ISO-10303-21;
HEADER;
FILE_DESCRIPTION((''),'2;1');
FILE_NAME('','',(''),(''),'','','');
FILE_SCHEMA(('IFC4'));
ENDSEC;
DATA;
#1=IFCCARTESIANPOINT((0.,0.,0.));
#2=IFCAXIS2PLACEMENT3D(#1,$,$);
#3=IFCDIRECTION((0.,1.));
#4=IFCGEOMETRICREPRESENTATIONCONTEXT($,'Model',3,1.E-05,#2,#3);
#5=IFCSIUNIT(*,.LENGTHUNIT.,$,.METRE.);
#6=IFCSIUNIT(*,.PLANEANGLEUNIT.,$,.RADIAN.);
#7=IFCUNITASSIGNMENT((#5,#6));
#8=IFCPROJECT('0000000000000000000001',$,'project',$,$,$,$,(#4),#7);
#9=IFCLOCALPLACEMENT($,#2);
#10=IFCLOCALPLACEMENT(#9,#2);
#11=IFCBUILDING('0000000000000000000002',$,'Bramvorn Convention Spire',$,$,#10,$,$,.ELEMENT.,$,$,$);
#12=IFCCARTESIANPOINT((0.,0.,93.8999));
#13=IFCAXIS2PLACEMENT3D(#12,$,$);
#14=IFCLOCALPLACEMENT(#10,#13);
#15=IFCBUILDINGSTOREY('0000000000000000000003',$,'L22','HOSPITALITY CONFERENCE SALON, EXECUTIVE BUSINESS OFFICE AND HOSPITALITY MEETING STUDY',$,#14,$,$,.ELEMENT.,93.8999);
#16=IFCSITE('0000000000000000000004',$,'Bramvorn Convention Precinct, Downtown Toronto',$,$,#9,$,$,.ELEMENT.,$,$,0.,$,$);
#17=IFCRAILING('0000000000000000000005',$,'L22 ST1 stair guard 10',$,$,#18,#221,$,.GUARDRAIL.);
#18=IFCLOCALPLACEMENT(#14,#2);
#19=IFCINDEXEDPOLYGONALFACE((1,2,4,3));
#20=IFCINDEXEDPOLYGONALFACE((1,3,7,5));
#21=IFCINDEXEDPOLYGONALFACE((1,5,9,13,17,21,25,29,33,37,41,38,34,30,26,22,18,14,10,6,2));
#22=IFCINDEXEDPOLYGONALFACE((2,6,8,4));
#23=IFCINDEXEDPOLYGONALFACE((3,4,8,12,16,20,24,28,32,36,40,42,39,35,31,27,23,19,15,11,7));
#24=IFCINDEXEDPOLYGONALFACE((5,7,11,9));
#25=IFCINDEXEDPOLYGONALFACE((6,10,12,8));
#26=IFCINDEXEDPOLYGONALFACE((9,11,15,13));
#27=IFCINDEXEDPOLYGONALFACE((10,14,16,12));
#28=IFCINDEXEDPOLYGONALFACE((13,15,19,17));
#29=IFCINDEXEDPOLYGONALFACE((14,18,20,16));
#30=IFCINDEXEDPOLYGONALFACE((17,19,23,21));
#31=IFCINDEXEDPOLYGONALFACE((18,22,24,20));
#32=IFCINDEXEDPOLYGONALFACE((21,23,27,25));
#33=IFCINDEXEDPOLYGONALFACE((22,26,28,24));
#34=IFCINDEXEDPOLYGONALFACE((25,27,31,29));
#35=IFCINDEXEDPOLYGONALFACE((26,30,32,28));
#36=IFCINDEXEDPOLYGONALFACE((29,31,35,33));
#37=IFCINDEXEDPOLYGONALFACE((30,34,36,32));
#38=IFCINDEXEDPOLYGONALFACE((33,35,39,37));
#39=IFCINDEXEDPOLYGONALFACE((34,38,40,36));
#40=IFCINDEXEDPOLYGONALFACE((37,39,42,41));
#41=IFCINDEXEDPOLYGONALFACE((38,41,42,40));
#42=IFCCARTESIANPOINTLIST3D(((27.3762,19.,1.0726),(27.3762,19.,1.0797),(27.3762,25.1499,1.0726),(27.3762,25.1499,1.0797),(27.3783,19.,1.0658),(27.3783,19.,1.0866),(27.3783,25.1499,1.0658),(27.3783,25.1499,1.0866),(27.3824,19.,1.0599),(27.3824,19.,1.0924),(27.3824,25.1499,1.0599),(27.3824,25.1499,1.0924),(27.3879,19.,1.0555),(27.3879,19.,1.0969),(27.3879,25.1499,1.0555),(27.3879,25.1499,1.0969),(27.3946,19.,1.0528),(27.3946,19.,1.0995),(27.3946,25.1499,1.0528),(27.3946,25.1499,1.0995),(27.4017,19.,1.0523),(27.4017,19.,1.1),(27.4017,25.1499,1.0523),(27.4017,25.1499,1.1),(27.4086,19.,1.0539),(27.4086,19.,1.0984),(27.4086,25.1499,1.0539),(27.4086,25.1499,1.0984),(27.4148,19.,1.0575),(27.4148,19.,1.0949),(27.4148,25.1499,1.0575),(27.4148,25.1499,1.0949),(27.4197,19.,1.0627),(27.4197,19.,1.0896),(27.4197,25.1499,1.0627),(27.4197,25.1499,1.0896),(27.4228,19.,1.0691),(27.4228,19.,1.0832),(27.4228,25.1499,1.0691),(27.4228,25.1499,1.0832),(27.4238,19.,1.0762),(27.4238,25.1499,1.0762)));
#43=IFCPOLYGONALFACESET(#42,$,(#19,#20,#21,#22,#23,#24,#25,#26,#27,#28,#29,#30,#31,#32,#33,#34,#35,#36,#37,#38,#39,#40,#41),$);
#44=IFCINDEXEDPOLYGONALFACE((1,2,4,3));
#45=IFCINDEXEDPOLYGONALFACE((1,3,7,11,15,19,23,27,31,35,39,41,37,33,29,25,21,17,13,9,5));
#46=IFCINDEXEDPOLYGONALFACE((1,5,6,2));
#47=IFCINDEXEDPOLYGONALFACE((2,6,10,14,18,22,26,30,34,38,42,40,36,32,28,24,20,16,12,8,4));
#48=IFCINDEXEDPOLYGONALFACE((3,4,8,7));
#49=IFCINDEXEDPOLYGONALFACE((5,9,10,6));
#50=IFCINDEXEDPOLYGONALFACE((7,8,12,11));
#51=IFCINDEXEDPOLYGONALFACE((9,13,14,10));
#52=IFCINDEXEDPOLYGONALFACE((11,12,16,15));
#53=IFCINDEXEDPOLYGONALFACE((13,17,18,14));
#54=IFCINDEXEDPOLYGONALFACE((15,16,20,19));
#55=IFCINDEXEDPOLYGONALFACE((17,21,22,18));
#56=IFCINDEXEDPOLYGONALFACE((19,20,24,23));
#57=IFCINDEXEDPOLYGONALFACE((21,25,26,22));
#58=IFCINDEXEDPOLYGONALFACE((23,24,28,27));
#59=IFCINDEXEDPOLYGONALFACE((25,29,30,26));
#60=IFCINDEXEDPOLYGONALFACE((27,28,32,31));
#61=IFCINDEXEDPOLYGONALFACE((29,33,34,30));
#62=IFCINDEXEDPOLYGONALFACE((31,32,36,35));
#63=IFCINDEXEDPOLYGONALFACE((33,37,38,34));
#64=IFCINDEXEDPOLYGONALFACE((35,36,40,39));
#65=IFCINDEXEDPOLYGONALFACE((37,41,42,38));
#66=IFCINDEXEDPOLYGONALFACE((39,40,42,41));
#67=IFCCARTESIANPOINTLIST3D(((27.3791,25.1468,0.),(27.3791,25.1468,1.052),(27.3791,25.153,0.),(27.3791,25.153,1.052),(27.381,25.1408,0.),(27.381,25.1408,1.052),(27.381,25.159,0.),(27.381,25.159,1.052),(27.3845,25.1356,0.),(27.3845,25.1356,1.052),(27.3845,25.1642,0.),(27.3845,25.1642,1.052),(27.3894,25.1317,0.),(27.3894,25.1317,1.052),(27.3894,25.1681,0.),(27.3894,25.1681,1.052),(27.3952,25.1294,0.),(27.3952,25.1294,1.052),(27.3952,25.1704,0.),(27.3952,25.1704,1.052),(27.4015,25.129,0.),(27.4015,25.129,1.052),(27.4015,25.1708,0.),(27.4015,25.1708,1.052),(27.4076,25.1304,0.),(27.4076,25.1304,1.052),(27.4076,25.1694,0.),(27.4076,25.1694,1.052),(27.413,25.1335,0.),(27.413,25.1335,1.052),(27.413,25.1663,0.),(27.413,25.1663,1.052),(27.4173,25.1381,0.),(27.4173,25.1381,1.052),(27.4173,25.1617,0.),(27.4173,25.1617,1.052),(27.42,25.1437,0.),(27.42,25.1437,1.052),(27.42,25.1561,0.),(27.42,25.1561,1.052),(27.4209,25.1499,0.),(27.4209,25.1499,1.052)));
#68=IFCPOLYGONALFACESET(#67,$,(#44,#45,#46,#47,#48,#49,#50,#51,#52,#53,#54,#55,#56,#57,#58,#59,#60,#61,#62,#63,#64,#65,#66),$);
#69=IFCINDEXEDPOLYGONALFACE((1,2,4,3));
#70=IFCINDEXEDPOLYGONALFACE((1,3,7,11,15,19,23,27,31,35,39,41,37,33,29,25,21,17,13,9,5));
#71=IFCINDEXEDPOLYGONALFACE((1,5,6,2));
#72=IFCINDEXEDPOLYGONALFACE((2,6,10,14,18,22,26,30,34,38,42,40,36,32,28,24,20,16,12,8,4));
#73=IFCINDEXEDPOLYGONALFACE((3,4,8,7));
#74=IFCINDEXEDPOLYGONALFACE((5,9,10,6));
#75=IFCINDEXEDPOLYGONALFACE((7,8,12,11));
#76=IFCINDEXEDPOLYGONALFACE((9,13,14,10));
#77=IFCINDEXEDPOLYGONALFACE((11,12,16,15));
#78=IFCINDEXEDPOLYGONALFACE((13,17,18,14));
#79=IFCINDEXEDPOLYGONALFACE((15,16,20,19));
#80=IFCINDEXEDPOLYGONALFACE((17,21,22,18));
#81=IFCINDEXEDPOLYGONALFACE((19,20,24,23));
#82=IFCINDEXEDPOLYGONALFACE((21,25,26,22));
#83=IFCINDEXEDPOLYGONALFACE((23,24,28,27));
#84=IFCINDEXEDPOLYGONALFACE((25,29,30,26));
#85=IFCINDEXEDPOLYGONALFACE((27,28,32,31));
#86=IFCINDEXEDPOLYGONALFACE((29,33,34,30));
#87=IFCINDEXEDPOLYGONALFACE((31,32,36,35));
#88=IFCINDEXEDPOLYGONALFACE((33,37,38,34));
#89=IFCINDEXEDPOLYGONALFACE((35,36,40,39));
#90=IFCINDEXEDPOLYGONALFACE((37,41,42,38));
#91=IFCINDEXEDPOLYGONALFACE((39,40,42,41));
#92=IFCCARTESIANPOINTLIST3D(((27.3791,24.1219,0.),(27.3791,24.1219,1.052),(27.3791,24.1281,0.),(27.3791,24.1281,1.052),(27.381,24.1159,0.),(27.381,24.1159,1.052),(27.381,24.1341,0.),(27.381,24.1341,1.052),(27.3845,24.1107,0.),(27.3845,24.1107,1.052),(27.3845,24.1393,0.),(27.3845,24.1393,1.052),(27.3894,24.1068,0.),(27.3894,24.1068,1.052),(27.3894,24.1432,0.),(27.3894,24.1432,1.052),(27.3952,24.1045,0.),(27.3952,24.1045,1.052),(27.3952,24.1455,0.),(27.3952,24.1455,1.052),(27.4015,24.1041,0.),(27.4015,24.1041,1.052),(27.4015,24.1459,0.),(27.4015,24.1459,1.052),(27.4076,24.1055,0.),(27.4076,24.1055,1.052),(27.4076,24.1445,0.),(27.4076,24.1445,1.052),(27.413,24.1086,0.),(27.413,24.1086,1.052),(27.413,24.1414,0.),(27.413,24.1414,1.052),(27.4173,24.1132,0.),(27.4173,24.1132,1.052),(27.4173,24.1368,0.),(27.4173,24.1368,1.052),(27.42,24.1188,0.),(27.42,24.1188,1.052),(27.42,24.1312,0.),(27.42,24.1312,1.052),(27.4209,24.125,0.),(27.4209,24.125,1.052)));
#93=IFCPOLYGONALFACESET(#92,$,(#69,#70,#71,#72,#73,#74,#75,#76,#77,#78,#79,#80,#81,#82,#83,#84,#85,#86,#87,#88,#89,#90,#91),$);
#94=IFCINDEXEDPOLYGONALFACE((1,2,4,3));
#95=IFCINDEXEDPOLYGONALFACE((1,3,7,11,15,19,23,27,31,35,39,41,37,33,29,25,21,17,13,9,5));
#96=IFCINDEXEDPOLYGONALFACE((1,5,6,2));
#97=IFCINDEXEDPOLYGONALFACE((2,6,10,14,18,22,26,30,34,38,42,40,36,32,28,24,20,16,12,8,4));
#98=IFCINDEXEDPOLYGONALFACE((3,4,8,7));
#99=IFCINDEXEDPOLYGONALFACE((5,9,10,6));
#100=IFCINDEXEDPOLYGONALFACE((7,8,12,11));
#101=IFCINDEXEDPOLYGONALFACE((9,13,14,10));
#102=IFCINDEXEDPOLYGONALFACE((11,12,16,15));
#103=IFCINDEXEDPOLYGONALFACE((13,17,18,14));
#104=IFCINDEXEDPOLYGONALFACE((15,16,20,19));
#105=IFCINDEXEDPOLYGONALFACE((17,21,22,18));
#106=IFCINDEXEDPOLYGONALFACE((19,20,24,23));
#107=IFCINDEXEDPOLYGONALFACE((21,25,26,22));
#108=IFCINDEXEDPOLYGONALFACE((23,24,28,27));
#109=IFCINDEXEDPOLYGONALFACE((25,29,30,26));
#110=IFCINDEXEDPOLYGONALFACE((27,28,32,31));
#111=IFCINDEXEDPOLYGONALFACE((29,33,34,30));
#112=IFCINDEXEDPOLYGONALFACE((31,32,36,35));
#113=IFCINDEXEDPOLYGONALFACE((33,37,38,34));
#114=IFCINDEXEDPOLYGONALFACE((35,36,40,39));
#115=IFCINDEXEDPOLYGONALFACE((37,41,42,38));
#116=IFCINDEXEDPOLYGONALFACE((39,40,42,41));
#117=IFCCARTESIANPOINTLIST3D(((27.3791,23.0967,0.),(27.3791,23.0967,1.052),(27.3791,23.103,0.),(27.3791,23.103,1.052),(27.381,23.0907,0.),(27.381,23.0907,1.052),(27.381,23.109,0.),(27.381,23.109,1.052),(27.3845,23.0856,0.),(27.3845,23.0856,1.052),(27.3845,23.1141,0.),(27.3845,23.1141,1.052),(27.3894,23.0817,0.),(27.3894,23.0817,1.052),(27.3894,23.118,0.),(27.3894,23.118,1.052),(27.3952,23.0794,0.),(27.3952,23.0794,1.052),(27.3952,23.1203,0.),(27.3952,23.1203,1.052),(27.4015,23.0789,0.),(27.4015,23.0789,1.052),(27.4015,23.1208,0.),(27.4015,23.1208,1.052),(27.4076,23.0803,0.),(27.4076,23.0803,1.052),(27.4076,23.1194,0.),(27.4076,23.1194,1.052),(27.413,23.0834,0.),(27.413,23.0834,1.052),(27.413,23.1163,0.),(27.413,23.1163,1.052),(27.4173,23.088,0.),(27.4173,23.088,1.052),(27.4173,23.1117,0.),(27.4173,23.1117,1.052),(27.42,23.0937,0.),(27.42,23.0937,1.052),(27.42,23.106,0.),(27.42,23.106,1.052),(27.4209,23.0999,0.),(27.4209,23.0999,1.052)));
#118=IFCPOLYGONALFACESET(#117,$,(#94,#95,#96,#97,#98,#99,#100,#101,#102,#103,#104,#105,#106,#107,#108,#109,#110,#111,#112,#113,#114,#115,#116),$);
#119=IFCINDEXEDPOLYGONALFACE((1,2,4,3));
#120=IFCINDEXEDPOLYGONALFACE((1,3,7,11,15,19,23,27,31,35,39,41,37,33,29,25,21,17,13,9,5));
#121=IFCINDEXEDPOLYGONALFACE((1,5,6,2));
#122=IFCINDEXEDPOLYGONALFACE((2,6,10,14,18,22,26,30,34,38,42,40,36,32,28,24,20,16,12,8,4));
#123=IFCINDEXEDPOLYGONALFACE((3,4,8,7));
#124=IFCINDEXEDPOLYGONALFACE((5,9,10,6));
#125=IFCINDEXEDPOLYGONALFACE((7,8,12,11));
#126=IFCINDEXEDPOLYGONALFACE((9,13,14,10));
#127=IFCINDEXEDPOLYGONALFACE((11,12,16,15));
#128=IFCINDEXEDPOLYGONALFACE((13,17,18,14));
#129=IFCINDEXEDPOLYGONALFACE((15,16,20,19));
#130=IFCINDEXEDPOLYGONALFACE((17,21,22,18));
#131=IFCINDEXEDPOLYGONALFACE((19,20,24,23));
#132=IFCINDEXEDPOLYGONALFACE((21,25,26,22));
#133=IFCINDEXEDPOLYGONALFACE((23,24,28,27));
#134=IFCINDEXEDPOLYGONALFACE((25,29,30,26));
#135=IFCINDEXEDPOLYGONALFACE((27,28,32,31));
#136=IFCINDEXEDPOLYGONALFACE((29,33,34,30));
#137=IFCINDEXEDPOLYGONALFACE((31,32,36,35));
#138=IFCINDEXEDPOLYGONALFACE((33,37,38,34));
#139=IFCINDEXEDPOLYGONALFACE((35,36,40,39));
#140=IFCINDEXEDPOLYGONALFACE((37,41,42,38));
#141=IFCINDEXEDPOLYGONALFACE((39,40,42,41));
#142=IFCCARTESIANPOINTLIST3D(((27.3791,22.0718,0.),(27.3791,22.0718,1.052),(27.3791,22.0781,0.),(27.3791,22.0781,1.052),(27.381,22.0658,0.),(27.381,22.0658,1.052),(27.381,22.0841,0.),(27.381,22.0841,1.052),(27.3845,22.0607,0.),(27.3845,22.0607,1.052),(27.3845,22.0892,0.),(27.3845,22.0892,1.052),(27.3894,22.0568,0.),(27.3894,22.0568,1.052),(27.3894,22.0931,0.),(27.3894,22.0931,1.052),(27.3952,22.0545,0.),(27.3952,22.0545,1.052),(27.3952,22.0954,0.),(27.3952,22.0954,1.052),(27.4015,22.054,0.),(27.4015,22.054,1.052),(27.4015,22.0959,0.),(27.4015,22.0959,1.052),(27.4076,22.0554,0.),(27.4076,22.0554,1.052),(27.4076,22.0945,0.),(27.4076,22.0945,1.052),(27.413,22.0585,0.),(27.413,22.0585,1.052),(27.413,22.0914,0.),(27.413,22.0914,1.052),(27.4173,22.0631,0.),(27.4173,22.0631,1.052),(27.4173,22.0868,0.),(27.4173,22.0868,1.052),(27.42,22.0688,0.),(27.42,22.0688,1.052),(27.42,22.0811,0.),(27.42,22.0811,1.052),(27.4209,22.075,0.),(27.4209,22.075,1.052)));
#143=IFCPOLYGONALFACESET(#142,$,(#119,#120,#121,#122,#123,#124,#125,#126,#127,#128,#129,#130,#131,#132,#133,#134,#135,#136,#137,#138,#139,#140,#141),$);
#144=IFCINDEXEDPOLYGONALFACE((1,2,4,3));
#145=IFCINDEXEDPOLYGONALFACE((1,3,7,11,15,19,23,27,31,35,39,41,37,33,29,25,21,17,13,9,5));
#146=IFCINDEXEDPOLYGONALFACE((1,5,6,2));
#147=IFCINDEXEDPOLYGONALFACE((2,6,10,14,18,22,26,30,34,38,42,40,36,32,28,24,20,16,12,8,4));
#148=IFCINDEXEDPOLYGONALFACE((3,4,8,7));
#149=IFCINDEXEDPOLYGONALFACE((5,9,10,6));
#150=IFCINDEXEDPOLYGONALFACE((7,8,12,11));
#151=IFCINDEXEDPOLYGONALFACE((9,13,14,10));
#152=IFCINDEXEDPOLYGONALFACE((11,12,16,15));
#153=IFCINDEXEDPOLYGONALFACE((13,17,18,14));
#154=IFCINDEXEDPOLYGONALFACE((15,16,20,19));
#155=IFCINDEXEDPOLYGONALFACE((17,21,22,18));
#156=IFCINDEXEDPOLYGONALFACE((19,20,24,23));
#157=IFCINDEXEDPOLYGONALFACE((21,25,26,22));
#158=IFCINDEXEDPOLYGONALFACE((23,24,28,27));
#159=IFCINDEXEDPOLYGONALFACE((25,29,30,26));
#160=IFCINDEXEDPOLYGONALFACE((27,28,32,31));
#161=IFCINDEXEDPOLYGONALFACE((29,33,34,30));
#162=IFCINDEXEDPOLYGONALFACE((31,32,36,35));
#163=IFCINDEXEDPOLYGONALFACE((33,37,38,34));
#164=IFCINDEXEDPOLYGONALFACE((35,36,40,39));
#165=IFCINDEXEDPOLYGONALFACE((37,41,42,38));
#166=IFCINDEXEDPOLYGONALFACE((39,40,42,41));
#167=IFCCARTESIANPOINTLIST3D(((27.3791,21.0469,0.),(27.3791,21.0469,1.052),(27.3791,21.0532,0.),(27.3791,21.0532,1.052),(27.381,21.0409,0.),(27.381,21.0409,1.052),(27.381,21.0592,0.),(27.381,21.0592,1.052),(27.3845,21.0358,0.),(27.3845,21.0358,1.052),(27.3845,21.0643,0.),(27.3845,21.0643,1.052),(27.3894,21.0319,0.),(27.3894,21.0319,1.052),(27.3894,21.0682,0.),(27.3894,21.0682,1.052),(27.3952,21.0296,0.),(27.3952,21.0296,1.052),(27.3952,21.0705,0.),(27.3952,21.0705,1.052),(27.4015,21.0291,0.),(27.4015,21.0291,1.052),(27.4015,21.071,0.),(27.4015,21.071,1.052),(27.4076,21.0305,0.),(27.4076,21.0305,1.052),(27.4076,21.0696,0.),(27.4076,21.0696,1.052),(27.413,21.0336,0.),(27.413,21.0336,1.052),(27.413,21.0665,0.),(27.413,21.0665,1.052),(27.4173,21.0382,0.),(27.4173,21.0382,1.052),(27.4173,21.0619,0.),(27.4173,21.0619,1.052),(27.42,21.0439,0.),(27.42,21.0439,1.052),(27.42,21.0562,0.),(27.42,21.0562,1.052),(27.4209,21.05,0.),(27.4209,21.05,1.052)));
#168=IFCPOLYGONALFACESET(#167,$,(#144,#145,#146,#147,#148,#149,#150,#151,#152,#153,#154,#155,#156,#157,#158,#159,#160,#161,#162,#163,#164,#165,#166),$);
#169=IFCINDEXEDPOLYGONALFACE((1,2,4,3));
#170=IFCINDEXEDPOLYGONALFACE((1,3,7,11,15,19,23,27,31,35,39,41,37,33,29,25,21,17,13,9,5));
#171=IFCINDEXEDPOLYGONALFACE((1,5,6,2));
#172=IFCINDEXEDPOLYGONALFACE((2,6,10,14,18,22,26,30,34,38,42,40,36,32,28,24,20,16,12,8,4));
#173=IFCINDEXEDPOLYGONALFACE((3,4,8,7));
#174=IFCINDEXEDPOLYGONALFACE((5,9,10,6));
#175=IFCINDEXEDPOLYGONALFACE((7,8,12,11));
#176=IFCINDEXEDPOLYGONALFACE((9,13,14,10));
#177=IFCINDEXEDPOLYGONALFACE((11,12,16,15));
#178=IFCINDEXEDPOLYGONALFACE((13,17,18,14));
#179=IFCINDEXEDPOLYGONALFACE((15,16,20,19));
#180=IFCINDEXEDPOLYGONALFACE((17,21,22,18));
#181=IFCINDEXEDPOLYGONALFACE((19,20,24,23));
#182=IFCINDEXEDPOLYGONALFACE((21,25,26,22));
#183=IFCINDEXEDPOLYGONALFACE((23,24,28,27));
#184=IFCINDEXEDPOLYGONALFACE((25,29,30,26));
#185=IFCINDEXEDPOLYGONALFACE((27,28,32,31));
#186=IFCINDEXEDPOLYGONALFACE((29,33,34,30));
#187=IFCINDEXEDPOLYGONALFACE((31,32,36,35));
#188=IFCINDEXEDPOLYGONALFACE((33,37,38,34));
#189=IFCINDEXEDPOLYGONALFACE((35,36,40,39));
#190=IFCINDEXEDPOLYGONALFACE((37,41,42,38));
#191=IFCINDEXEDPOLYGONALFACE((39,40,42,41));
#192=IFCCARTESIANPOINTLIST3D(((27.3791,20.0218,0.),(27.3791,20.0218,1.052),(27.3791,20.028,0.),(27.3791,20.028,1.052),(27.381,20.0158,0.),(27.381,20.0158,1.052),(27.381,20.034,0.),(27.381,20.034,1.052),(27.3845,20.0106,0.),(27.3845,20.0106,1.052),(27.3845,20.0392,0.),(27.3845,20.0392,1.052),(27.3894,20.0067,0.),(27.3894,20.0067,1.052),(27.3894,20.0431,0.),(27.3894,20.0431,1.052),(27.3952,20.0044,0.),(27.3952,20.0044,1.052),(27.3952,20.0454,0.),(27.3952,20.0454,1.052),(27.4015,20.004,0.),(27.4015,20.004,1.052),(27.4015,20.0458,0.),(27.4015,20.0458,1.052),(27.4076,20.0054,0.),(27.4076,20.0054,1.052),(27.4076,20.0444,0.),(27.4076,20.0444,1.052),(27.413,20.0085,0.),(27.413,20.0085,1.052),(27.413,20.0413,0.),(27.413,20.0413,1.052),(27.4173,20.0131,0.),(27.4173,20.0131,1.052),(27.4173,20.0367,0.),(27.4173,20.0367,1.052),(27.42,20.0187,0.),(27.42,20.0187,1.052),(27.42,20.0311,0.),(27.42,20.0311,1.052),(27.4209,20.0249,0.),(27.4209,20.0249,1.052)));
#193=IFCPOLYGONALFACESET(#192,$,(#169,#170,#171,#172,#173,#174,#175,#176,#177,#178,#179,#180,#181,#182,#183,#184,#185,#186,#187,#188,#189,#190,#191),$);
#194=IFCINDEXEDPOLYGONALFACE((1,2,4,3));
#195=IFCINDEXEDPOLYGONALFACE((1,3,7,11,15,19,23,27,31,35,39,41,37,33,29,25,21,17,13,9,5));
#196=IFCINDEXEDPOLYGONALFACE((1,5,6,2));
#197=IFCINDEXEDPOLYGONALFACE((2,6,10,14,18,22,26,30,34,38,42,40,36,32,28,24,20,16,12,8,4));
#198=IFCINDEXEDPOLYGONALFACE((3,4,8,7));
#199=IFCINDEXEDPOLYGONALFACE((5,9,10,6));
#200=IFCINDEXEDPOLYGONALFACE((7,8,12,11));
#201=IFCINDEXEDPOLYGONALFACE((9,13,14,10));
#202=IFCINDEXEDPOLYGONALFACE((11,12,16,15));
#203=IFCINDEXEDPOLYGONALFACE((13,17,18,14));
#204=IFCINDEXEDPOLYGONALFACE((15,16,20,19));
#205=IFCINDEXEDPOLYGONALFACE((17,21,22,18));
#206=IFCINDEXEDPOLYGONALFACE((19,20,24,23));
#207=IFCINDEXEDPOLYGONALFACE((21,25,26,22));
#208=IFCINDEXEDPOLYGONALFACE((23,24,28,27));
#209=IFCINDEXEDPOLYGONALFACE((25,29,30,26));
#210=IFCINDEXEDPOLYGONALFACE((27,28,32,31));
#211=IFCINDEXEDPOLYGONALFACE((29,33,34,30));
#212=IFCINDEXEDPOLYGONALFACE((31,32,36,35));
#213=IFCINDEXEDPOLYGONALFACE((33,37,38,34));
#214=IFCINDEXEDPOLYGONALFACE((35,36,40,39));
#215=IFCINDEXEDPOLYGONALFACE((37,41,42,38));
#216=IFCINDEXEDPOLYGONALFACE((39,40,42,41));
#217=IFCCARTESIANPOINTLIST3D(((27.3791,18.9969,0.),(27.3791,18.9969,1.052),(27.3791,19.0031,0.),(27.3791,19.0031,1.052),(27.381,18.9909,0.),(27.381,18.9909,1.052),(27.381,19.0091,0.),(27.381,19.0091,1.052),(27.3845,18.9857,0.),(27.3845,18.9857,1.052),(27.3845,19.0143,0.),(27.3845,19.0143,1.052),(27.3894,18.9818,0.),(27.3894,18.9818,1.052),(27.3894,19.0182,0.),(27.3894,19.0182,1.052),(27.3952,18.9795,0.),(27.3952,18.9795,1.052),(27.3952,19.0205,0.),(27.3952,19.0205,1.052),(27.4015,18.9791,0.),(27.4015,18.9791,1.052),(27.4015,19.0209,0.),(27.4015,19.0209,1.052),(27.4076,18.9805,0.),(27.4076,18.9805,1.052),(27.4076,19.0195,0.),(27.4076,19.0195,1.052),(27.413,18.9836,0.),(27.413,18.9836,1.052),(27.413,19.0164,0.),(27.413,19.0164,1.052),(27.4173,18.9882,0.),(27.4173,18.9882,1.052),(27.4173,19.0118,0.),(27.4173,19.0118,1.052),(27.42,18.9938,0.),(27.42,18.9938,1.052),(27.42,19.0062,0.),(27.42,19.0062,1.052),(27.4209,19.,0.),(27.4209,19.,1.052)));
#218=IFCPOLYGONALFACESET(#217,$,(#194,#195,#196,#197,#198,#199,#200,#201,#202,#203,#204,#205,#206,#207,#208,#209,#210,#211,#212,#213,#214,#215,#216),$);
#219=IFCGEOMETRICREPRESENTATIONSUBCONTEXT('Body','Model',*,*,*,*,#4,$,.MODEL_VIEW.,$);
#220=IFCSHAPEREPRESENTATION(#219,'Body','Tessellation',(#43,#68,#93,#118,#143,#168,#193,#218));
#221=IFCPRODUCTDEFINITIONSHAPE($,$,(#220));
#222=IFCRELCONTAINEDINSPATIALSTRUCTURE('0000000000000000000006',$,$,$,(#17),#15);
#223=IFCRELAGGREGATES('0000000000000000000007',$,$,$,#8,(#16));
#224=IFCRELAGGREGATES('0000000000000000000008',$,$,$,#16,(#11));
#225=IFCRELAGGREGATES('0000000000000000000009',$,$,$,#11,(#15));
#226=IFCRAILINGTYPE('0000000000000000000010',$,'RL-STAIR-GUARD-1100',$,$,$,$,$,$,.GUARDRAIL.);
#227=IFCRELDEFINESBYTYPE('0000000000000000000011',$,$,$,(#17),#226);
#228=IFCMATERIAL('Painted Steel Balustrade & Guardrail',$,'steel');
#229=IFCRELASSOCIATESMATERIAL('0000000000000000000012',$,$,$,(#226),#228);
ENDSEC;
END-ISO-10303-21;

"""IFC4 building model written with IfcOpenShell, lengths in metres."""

from ifc_helpers import new_model, si_unit, direction, frame, origin, origin_2d, place, context, subcontext, project, spatial, circle, extrude, material, type_object, element, save


model = new_model("IFC4")

# Units and contexts
model_context = context("Model", 3, precision=1e-05, world=origin(), true_north=direction((0.0, 1.0)))
body_context = subcontext(model_context, "Body", "Model", "MODEL_VIEW")
ifc_project = project(units=[si_unit("LENGTHUNIT", "METRE"), si_unit("PLANEANGLEUNIT", "RADIAN")], contexts=[model_context])

# Site, building, storey
site_placement = place(None, origin())
site = spatial("IfcSite", under=ifc_project, at=site_placement, Name="Bramvorn Convention Precinct, Downtown Toronto", CompositionType="ELEMENT", RefElevation=0.0)
building_placement = place(site_placement, origin())
building = spatial("IfcBuilding", under=site, at=building_placement, Name="Bramvorn Convention Spire", CompositionType="ELEMENT")
storey_placement = place(building_placement, frame((0.0, 0.0, 93.8999)))
storey = spatial("IfcBuildingStorey", under=building, at=storey_placement, Name="L22", Description="HOSPITALITY CONFERENCE SALON, EXECUTIVE BUSINESS OFFICE AND HOSPITALITY MEETING STUDY", CompositionType="ELEMENT", Elevation=93.8999)

# Railing
ifc_material_1 = material(Name="Painted Steel Balustrade & Guardrail", Category="steel")
railing_type_1 = type_object("IfcRailingType", Name="RL-STAIR-GUARD-1100", PredefinedType="GUARDRAIL", material=ifc_material_1)
railing_1_placement = place(storey_placement, frame((27.3999, 25.1499, 0.0)))
element("IfcRailing", 1, at=railing_1_placement, inside=storey, type_object=railing_type_1, Name="L22 ST1 stair guard 10", PredefinedType="GUARDRAIL", context=body_context, shape_type="SweptSolid", body=[
    extrude(circle(Radius=0.0239, at=origin_2d()), frame((0.0, 0.0, 1.0762), z_axis=(0.0, -1.0, 0.0), x_axis=(1.0, 0.0, 0.0)), (0.0, 0.0, 1.0), 6.1499),
    extrude(circle(Radius=0.021, at=origin_2d()), origin(), (0.0, 0.0, 1.0), 1.052),
    extrude(circle(Radius=0.021, at=origin_2d()), frame((0.0, -1.0249, 0.0)), (0.0, 0.0, 1.0), 1.052),
    extrude(circle(Radius=0.021, at=origin_2d()), frame((0.0, -2.05, 0.0)), (0.0, 0.0, 1.0), 1.052),
    extrude(circle(Radius=0.021, at=origin_2d()), frame((0.0, -3.075, 0.0)), (0.0, 0.0, 1.0), 1.052),
    extrude(circle(Radius=0.021, at=origin_2d()), frame((0.0, -4.0999, 0.0)), (0.0, 0.0, 1.0), 1.052),
    extrude(circle(Radius=0.021, at=origin_2d()), frame((0.0, -5.125, 0.0)), (0.0, 0.0, 1.0), 1.052),
    extrude(circle(Radius=0.021, at=origin_2d()), frame((0.0, -6.1499, 0.0)), (0.0, 0.0, 1.0), 1.052),
])

save(model, "model.ifc")
